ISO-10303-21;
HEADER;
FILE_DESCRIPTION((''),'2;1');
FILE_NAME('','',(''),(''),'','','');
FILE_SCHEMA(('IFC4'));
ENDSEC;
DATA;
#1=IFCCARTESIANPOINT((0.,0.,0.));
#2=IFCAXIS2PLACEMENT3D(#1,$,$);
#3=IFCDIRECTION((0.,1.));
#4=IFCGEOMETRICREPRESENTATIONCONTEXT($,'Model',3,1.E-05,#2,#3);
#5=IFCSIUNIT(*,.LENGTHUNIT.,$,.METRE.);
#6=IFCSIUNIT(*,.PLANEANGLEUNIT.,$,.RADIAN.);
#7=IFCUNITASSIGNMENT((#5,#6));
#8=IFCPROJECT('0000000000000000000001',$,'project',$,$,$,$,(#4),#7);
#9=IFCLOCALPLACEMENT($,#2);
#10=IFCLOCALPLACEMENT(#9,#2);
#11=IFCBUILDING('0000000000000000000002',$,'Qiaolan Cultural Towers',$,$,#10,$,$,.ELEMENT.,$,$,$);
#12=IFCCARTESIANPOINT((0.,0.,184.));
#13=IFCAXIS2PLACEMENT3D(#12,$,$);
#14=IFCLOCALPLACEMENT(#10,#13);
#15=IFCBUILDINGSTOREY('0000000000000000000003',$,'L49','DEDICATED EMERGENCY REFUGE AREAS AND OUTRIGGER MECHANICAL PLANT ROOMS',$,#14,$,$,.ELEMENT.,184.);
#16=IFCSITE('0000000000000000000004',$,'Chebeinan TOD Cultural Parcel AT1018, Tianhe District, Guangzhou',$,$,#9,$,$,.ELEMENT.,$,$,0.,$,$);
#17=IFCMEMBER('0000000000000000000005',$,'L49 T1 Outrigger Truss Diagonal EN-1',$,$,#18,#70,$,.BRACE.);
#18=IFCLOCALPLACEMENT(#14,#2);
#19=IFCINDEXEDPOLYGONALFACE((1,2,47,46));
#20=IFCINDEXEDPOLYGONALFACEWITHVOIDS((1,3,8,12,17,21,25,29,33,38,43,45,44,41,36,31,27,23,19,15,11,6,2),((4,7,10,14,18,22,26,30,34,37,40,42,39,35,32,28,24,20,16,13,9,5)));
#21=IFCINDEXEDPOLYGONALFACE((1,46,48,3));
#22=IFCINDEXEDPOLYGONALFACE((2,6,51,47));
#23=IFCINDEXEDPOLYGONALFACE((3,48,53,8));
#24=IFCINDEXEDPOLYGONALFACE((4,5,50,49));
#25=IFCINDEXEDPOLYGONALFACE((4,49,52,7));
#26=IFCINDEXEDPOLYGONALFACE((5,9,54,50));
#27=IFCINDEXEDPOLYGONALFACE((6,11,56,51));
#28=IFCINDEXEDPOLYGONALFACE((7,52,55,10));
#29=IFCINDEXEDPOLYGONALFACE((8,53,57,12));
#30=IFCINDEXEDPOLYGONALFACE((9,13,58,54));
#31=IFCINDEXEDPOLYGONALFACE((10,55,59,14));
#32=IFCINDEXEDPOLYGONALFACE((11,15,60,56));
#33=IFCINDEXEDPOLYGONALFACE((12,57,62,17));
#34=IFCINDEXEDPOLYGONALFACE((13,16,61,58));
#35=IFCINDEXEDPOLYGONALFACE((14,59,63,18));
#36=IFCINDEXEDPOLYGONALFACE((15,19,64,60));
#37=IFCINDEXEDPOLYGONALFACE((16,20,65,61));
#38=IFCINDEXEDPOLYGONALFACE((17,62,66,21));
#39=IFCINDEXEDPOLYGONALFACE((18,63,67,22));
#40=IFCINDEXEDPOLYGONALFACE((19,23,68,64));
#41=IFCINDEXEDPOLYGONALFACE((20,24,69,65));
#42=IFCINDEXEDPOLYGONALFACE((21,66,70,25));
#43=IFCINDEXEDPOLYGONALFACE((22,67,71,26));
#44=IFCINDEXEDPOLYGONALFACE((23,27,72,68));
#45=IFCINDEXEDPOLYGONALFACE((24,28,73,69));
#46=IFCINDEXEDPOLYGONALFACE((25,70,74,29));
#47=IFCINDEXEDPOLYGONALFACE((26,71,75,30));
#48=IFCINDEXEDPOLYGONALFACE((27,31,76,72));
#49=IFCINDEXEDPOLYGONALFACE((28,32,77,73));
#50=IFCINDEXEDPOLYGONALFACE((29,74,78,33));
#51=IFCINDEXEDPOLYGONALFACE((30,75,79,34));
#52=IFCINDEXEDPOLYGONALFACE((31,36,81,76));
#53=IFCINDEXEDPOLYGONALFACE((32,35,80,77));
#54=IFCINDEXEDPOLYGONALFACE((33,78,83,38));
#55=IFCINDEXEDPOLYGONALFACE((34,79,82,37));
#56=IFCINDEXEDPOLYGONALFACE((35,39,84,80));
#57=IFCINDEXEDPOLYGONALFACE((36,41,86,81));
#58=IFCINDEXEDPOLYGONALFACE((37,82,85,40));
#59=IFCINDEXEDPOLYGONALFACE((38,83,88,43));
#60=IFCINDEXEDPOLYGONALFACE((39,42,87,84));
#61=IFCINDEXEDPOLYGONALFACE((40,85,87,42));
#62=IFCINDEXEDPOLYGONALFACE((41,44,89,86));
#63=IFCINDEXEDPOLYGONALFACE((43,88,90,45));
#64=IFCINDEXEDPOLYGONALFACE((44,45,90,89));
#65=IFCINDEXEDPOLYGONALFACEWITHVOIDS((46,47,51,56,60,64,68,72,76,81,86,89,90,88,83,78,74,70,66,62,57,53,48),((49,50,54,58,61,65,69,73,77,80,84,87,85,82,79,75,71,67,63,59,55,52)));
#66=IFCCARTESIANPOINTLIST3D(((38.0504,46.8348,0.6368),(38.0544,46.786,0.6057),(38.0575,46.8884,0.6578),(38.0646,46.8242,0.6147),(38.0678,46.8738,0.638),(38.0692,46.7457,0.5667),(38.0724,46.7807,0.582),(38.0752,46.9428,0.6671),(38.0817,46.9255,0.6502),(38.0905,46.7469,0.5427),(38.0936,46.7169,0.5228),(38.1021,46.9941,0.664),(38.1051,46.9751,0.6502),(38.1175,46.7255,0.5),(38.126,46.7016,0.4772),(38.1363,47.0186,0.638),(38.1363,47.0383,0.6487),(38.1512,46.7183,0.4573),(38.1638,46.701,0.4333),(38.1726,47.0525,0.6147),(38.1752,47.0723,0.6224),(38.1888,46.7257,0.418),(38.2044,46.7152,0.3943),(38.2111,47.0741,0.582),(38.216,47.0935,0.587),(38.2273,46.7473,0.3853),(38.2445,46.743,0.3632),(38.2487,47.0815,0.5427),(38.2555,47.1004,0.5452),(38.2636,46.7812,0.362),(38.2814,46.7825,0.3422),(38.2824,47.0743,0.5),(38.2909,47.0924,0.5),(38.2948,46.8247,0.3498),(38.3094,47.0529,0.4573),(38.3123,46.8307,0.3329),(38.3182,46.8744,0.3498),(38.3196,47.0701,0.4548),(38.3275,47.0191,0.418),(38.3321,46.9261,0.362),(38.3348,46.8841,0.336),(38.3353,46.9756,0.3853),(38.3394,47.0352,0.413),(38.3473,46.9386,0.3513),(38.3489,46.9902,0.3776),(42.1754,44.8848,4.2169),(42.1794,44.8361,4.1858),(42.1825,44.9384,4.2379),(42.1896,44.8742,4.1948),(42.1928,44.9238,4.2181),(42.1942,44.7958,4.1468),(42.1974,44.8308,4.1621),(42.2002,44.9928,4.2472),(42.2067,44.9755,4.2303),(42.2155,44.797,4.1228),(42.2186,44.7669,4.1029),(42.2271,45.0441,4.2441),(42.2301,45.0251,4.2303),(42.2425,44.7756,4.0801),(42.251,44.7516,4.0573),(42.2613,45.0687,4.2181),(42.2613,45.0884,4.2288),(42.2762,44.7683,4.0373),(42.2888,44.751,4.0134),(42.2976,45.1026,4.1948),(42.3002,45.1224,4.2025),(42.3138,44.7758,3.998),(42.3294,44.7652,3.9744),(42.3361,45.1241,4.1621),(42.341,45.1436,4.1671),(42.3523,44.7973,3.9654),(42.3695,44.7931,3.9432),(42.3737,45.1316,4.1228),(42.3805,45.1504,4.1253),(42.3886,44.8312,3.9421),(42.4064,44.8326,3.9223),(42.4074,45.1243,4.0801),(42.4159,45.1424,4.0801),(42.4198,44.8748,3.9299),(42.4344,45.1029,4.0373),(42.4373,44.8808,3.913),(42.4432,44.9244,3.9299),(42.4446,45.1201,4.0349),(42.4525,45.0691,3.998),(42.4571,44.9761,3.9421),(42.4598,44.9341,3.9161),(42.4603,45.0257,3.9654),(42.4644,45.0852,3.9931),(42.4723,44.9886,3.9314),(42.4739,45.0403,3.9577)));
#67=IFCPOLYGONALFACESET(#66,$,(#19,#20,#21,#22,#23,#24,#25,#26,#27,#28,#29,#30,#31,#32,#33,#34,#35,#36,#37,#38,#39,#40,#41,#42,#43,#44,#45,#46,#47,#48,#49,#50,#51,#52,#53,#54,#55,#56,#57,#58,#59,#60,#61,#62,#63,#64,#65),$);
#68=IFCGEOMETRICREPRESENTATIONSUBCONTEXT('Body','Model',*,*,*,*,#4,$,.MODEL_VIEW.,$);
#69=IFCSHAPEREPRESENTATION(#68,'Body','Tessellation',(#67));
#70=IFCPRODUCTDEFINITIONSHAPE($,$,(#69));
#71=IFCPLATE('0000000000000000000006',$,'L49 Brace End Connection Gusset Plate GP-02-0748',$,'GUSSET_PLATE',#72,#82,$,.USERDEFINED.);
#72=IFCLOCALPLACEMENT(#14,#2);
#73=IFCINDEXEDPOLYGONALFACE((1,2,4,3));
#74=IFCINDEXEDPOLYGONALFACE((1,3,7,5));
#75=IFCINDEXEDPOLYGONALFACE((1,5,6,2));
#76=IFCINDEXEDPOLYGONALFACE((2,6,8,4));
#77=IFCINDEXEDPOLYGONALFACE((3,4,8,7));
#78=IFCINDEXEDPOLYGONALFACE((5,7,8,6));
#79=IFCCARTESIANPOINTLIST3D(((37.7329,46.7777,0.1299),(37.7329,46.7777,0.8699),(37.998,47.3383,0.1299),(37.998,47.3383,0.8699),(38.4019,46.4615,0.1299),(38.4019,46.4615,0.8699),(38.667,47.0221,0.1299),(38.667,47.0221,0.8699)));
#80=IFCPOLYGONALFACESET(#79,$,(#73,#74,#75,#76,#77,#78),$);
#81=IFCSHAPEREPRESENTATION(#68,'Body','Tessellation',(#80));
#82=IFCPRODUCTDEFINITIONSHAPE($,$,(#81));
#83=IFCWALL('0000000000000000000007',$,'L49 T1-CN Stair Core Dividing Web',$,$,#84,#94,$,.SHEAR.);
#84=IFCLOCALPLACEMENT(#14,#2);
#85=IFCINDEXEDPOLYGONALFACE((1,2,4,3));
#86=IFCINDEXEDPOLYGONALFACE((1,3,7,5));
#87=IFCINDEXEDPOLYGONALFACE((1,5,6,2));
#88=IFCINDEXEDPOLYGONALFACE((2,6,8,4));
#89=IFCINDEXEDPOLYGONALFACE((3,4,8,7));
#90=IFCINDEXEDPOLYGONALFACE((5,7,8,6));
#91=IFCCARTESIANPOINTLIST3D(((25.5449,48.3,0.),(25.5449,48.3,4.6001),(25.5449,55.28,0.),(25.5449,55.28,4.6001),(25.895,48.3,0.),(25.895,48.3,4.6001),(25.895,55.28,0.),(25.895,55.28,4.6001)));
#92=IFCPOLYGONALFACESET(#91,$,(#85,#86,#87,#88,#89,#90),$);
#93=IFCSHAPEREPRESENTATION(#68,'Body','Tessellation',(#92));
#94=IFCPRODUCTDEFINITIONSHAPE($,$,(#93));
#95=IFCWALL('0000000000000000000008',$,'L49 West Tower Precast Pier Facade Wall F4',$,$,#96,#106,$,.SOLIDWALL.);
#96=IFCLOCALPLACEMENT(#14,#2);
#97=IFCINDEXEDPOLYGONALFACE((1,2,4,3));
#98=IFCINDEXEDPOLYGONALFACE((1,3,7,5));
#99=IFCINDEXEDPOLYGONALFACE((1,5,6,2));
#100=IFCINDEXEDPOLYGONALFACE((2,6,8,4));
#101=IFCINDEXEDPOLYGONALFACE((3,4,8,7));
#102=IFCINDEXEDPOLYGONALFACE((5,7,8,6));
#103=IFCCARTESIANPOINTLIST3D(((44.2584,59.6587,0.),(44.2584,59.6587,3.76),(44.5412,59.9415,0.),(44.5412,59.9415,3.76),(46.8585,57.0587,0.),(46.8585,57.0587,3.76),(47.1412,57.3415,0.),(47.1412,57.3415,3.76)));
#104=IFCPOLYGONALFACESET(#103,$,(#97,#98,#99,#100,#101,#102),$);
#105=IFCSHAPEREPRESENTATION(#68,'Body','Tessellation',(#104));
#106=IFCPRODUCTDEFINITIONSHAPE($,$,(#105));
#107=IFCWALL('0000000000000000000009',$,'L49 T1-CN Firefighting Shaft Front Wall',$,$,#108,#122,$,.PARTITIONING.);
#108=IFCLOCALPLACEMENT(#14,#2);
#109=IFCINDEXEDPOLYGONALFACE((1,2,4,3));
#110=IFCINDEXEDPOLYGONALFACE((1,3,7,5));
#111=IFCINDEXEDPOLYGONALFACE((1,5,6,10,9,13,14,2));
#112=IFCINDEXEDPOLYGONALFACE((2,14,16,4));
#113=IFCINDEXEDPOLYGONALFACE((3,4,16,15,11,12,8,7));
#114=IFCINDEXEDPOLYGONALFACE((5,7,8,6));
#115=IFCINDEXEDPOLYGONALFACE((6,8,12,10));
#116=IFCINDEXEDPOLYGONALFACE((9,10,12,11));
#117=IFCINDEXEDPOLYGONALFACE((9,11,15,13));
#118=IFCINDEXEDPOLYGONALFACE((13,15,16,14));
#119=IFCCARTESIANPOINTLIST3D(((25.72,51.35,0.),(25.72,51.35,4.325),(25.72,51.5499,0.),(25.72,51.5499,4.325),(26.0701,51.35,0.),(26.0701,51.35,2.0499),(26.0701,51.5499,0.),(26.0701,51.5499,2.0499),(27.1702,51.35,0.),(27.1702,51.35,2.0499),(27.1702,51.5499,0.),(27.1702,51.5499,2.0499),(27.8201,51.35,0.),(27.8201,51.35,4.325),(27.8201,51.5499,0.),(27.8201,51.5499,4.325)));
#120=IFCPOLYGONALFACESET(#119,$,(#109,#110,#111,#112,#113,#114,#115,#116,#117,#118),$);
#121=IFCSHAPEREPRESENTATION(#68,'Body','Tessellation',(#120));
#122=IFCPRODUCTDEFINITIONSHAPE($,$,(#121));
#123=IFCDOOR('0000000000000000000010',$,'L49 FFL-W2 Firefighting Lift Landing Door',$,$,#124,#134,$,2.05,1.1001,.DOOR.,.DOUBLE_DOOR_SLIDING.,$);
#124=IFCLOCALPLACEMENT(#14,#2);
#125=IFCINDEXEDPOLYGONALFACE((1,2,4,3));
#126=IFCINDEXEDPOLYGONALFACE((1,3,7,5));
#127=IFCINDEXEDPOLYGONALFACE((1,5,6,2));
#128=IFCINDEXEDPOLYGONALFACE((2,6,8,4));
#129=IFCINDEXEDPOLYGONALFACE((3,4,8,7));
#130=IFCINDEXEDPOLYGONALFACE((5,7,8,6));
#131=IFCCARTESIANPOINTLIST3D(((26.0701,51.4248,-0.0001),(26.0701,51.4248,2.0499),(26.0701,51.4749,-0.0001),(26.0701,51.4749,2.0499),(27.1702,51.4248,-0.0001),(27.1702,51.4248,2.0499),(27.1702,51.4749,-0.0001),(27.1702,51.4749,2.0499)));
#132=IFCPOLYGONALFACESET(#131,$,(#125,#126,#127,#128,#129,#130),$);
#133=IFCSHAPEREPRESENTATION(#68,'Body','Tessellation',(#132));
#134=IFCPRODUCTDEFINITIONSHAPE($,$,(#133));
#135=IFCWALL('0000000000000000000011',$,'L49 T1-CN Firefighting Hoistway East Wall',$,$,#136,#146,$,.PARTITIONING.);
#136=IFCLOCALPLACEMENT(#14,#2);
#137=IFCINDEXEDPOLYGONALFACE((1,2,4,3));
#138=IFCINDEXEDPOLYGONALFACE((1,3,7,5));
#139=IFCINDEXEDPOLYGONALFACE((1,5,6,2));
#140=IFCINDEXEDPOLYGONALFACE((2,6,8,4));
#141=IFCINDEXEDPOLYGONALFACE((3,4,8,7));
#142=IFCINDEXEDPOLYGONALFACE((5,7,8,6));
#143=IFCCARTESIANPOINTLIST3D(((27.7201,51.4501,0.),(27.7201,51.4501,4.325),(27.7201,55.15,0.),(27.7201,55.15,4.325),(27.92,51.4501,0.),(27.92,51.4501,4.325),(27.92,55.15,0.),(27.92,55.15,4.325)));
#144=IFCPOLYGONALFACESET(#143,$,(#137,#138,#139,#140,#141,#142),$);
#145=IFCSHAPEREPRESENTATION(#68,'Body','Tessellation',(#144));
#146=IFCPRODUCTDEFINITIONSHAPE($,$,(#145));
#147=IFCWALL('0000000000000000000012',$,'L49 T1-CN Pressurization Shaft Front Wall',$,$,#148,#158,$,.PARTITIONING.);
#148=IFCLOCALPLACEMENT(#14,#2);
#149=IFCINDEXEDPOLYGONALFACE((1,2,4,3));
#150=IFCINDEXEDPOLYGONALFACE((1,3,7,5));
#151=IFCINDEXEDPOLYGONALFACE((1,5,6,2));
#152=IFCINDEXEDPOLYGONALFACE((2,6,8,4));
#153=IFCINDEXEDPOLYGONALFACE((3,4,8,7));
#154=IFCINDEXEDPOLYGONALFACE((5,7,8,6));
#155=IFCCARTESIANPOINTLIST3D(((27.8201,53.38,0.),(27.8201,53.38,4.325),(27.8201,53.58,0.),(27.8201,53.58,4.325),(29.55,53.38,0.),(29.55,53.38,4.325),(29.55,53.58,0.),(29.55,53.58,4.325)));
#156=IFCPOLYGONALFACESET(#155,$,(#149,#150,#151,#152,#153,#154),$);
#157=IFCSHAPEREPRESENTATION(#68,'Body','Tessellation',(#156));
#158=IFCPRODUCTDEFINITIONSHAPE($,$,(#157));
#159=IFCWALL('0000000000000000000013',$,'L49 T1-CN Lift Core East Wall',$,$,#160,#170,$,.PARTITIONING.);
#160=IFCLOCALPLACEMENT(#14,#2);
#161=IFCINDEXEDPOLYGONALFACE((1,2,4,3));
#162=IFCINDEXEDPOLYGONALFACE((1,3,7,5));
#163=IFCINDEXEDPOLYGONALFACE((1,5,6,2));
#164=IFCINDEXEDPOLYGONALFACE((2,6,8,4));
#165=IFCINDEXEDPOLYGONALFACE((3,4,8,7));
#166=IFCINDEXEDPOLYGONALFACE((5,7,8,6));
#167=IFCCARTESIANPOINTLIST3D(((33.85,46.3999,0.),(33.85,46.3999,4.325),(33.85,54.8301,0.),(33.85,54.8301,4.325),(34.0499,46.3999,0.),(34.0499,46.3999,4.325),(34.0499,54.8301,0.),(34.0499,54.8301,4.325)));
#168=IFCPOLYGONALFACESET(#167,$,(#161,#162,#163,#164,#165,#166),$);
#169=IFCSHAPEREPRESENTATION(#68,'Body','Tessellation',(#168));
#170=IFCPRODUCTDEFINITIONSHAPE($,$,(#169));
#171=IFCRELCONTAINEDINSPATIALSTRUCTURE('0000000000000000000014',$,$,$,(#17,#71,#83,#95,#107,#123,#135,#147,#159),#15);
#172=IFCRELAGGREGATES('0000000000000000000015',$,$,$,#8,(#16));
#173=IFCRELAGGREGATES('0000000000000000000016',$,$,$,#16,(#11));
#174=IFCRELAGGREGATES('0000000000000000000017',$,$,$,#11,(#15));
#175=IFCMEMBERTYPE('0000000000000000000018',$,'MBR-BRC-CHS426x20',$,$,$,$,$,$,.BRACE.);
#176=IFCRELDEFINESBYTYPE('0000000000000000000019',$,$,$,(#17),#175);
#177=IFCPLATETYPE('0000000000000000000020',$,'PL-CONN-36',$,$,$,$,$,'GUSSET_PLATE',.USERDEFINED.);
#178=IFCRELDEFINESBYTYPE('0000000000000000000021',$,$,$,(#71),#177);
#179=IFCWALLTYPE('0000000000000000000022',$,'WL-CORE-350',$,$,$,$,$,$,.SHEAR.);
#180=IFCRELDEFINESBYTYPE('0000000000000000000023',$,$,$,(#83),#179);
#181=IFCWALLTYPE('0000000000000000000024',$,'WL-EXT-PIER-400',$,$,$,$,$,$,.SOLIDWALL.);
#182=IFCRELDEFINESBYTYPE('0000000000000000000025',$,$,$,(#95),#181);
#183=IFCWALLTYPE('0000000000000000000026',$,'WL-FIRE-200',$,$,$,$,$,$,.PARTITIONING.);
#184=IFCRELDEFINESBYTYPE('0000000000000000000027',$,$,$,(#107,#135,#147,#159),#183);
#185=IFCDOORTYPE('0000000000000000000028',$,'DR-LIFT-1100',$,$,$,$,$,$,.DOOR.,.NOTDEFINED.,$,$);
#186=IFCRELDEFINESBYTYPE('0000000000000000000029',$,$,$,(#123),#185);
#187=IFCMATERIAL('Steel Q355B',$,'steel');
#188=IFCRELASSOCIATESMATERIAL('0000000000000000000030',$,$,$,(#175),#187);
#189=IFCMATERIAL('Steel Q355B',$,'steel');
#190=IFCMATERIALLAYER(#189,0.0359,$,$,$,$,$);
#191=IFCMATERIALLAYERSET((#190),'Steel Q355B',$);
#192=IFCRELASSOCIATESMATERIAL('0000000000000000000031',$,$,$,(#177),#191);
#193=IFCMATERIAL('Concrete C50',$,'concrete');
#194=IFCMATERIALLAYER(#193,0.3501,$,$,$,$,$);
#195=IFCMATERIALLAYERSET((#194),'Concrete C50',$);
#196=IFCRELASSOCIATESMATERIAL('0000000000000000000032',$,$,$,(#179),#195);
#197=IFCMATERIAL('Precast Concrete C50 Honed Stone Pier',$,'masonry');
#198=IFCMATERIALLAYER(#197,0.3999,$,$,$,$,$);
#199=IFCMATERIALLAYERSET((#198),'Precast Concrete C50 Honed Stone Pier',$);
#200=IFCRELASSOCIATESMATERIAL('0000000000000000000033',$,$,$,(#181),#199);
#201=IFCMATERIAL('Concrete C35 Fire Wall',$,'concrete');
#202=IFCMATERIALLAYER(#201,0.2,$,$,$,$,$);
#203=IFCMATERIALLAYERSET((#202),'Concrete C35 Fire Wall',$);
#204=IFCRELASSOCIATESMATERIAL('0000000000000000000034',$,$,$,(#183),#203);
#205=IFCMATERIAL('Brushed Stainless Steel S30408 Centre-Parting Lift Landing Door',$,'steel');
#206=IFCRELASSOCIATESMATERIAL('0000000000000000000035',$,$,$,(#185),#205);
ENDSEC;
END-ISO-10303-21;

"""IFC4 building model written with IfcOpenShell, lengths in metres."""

from ifc_helpers import new_model, si_unit, direction, frame, frame_2d, origin, origin_2d, place, context, subcontext, project, spatial, rectangle, hollow_circle, extrude, material, layer, layer_set, material_profile, profile_set, type_object, element, fill, save


model = new_model("IFC4")

# Units and contexts
model_context = context("Model", 3, precision=1e-05, world=origin(), true_north=direction((0.0, 1.0)))
body_context = subcontext(model_context, "Body", "Model", "MODEL_VIEW")
ifc_project = project(units=[si_unit("LENGTHUNIT", "METRE"), si_unit("PLANEANGLEUNIT", "RADIAN")], contexts=[model_context])

# Site, building, storey
site_placement = place(None, origin())
site = spatial("IfcSite", under=ifc_project, at=site_placement, Name="Chebeinan TOD Cultural Parcel AT1018, Tianhe District, Guangzhou", CompositionType="ELEMENT", RefElevation=0.0)
building_placement = place(site_placement, origin())
building = spatial("IfcBuilding", under=site, at=building_placement, Name="Qiaolan Cultural Towers", CompositionType="ELEMENT")
storey_placement = place(building_placement, frame((0.0, 0.0, 184.0)))
storey = spatial("IfcBuildingStorey", under=building, at=storey_placement, Name="L49", Description="DEDICATED EMERGENCY REFUGE AREAS AND OUTRIGGER MECHANICAL PLANT ROOMS", CompositionType="ELEMENT", Elevation=184.0)

# Member
ifc_material_1 = material(Name="Steel Q355B", Category="steel")
ifc_material_profile_1 = material_profile(ifc_material_1, hollow_circle(Radius=0.2129, WallThickness=0.02, at=origin_2d()), Name="CHS426x20")
ifc_profile_set_1 = profile_set([ifc_material_profile_1], Name="Steel Q355B")
member_type = type_object("IfcMemberType", Name="MBR-BRC-CHS426x20", PredefinedType="BRACE", material=ifc_profile_set_1)
member_placement = place(storey_placement, frame((38.2, 46.8999, 0.5), z_axis=(0.711261, -0.336224, 0.617302), x_axis=(0.427371, 0.904076, 0.0)))
element("IfcMember", 1, at=member_placement, inside=storey, type_object=member_type, Name="L49 T1 Outrigger Truss Diagonal EN-1", PredefinedType="BRACE", context=body_context, shape_type="SweptSolid", body=[
    extrude(hollow_circle(Radius=0.2129, WallThickness=0.02, at=origin_2d()), origin(), (0.0, 0.0, 1.0), 5.7996),
])

# Plate
ifc_material_2 = material(Name="Steel Q355B", Category="steel")
ifc_layer_1 = layer(ifc_material_2, 0.0359)
ifc_layer_set_1 = layer_set([ifc_layer_1], Name="Steel Q355B")
plate_type = type_object("IfcPlateType", Name="PL-CONN-36", ElementType="GUSSET_PLATE", PredefinedType="USERDEFINED", material=ifc_layer_set_1)
plate_placement = place(storey_placement, frame((38.2, 46.8999, 0.1299), z_axis=(0.0, 0.0, 1.0), x_axis=(-0.904072, 0.42738, 0.0)))
element("IfcPlate", 2, at=plate_placement, inside=storey, type_object=plate_type, Name="L49 Brace End Connection Gusset Plate GP-02-0748", ObjectType="GUSSET_PLATE", PredefinedType="USERDEFINED", context=body_context, shape_type="SweptSolid", body=[
    extrude(rectangle(XDim=0.74, YDim=0.6201, at=origin_2d()), origin(), (0.0, 0.0, 1.0), 0.74),
])

# Walls
ifc_material_3 = material(Name="Concrete C50", Category="concrete")
ifc_layer_2 = layer(ifc_material_3, 0.3501)
ifc_layer_set_2 = layer_set([ifc_layer_2], Name="Concrete C50")
wall_type_1 = type_object("IfcWallType", Name="WL-CORE-350", PredefinedType="SHEAR", material=ifc_layer_set_2)
wall_1_placement = place(storey_placement, frame((25.72, 48.3, 0.0), z_axis=(0.0, 0.0, 1.0), x_axis=(0.0, 1.0, 0.0)))
element("IfcWall", 3, at=wall_1_placement, inside=storey, type_object=wall_type_1, Name="L49 T1-CN Stair Core Dividing Web", PredefinedType="SHEAR", context=body_context, shape_type="SweptSolid", body=[
    extrude(rectangle(XDim=6.98, YDim=0.3501, at=frame_2d((3.49, 0.0))), origin(), (0.0, 0.0, 1.0), 4.6001),
])
ifc_material_4 = material(Name="Precast Concrete C50 Honed Stone Pier", Category="masonry")
ifc_layer_3 = layer(ifc_material_4, 0.3999)
ifc_layer_set_3 = layer_set([ifc_layer_3], Name="Precast Concrete C50 Honed Stone Pier")
wall_type_2 = type_object("IfcWallType", Name="WL-EXT-PIER-400", PredefinedType="SOLIDWALL", material=ifc_layer_set_3)
wall_2_placement = place(storey_placement, frame((44.3999, 59.8, 0.0), z_axis=(0.0, 0.0, 1.0), x_axis=(0.707107, -0.707107, 0.0)))
element("IfcWall", 4, at=wall_2_placement, inside=storey, type_object=wall_type_2, Name="L49 West Tower Precast Pier Facade Wall F4", PredefinedType="SOLIDWALL", context=body_context, shape_type="SweptSolid", body=[
    extrude(rectangle(XDim=3.677, YDim=0.3999, at=frame_2d((1.8384, 0.0))), origin(), (0.0, 0.0, 1.0), 3.76),
])

# Wall, opening, door
ifc_material_5 = material(Name="Concrete C35 Fire Wall", Category="concrete")
ifc_layer_4 = layer(ifc_material_5, 0.2)
ifc_layer_set_4 = layer_set([ifc_layer_4], Name="Concrete C35 Fire Wall")
wall_type_3 = type_object("IfcWallType", Name="WL-FIRE-200", PredefinedType="PARTITIONING", material=ifc_layer_set_4)
wall_3_placement = place(storey_placement, frame((25.72, 51.45, 0.0), z_axis=(0.0, 0.0, 1.0), x_axis=(1.0, 0.0, 0.0)))
wall_3 = element("IfcWall", 5, at=wall_3_placement, inside=storey, type_object=wall_type_3, Name="L49 T1-CN Firefighting Shaft Front Wall", PredefinedType="PARTITIONING", context=body_context, shape_type="SweptSolid", body=[
    extrude(rectangle(XDim=2.1001, YDim=0.2, at=frame_2d((1.05, 0.0))), origin(), (0.0, 0.0, 1.0), 4.325),
])
opening_1_placement = place(wall_3_placement, frame((0.3501, 0.0, 0.0)))
opening_1 = element("IfcOpeningElement", 6, at=opening_1_placement, cuts=wall_3, PredefinedType="OPENING", context=body_context, shape_type="SweptSolid", body=[
    extrude(rectangle(XDim=1.1001, YDim=2.05, at=frame_2d((0.55, 1.0249))), frame((0.0, 0.1099, 0.0), z_axis=(0.0, -1.0, 0.0), x_axis=(1.0, 0.0, 0.0)), (0.0, 0.0, 1.0), 0.22),
])
ifc_material_6 = material(Name="Brushed Stainless Steel S30408 Centre-Parting Lift Landing Door", Category="steel")
door_type_1 = type_object("IfcDoorType", Name="DR-LIFT-1100", OperationType="NOTDEFINED", PredefinedType="DOOR", material=ifc_material_6)
door_1_placement = place(opening_1_placement, origin())
door_1 = element("IfcDoor", 7, at=door_1_placement, inside=storey, type_object=door_type_1, Name="L49 FFL-W2 Firefighting Lift Landing Door", OperationType="DOUBLE_DOOR_SLIDING", OverallHeight=2.05, OverallWidth=1.1001, PredefinedType="DOOR", context=body_context, shape_type="SweptSolid", body=[
    extrude(rectangle(XDim=1.1001, YDim=2.05, at=frame_2d((0.55, 1.0249))), frame((0.0, 0.0249, 0.0), z_axis=(0.0, -1.0, 0.0), x_axis=(1.0, 0.0, 0.0)), (0.0, 0.0, 1.0), 0.05),
])
fill(opening_1, door_1)

# Walls
wall_4_placement = place(storey_placement, frame((27.8201, 51.45, 0.0), z_axis=(0.0, 0.0, 1.0), x_axis=(0.0, 1.0, 0.0)))
element("IfcWall", 8, at=wall_4_placement, inside=storey, type_object=wall_type_3, Name="L49 T1-CN Firefighting Hoistway East Wall", PredefinedType="PARTITIONING", context=body_context, shape_type="SweptSolid", body=[
    extrude(rectangle(XDim=3.7, YDim=0.2, at=frame_2d((1.8501, 0.0))), origin(), (0.0, 0.0, 1.0), 4.325),
])
wall_5_placement = place(storey_placement, frame((27.8201, 53.48, 0.0), z_axis=(0.0, 0.0, 1.0), x_axis=(1.0, 0.0, 0.0)))
element("IfcWall", 9, at=wall_5_placement, inside=storey, type_object=wall_type_3, Name="L49 T1-CN Pressurization Shaft Front Wall", PredefinedType="PARTITIONING", context=body_context, shape_type="SweptSolid", body=[
    extrude(rectangle(XDim=1.73, YDim=0.2, at=frame_2d((0.865, 0.0))), origin(), (0.0, 0.0, 1.0), 4.325),
])
wall_6_placement = place(storey_placement, frame((33.95, 46.3999, 0.0), z_axis=(0.0, 0.0, 1.0), x_axis=(0.0, 1.0, 0.0)))
element("IfcWall", 10, at=wall_6_placement, inside=storey, type_object=wall_type_3, Name="L49 T1-CN Lift Core East Wall", PredefinedType="PARTITIONING", context=body_context, shape_type="SweptSolid", body=[
    extrude(rectangle(XDim=8.4302, YDim=0.2, at=frame_2d((4.2151, 0.0))), origin(), (0.0, 0.0, 1.0), 4.325),
])

save(model, "model.ifc")
